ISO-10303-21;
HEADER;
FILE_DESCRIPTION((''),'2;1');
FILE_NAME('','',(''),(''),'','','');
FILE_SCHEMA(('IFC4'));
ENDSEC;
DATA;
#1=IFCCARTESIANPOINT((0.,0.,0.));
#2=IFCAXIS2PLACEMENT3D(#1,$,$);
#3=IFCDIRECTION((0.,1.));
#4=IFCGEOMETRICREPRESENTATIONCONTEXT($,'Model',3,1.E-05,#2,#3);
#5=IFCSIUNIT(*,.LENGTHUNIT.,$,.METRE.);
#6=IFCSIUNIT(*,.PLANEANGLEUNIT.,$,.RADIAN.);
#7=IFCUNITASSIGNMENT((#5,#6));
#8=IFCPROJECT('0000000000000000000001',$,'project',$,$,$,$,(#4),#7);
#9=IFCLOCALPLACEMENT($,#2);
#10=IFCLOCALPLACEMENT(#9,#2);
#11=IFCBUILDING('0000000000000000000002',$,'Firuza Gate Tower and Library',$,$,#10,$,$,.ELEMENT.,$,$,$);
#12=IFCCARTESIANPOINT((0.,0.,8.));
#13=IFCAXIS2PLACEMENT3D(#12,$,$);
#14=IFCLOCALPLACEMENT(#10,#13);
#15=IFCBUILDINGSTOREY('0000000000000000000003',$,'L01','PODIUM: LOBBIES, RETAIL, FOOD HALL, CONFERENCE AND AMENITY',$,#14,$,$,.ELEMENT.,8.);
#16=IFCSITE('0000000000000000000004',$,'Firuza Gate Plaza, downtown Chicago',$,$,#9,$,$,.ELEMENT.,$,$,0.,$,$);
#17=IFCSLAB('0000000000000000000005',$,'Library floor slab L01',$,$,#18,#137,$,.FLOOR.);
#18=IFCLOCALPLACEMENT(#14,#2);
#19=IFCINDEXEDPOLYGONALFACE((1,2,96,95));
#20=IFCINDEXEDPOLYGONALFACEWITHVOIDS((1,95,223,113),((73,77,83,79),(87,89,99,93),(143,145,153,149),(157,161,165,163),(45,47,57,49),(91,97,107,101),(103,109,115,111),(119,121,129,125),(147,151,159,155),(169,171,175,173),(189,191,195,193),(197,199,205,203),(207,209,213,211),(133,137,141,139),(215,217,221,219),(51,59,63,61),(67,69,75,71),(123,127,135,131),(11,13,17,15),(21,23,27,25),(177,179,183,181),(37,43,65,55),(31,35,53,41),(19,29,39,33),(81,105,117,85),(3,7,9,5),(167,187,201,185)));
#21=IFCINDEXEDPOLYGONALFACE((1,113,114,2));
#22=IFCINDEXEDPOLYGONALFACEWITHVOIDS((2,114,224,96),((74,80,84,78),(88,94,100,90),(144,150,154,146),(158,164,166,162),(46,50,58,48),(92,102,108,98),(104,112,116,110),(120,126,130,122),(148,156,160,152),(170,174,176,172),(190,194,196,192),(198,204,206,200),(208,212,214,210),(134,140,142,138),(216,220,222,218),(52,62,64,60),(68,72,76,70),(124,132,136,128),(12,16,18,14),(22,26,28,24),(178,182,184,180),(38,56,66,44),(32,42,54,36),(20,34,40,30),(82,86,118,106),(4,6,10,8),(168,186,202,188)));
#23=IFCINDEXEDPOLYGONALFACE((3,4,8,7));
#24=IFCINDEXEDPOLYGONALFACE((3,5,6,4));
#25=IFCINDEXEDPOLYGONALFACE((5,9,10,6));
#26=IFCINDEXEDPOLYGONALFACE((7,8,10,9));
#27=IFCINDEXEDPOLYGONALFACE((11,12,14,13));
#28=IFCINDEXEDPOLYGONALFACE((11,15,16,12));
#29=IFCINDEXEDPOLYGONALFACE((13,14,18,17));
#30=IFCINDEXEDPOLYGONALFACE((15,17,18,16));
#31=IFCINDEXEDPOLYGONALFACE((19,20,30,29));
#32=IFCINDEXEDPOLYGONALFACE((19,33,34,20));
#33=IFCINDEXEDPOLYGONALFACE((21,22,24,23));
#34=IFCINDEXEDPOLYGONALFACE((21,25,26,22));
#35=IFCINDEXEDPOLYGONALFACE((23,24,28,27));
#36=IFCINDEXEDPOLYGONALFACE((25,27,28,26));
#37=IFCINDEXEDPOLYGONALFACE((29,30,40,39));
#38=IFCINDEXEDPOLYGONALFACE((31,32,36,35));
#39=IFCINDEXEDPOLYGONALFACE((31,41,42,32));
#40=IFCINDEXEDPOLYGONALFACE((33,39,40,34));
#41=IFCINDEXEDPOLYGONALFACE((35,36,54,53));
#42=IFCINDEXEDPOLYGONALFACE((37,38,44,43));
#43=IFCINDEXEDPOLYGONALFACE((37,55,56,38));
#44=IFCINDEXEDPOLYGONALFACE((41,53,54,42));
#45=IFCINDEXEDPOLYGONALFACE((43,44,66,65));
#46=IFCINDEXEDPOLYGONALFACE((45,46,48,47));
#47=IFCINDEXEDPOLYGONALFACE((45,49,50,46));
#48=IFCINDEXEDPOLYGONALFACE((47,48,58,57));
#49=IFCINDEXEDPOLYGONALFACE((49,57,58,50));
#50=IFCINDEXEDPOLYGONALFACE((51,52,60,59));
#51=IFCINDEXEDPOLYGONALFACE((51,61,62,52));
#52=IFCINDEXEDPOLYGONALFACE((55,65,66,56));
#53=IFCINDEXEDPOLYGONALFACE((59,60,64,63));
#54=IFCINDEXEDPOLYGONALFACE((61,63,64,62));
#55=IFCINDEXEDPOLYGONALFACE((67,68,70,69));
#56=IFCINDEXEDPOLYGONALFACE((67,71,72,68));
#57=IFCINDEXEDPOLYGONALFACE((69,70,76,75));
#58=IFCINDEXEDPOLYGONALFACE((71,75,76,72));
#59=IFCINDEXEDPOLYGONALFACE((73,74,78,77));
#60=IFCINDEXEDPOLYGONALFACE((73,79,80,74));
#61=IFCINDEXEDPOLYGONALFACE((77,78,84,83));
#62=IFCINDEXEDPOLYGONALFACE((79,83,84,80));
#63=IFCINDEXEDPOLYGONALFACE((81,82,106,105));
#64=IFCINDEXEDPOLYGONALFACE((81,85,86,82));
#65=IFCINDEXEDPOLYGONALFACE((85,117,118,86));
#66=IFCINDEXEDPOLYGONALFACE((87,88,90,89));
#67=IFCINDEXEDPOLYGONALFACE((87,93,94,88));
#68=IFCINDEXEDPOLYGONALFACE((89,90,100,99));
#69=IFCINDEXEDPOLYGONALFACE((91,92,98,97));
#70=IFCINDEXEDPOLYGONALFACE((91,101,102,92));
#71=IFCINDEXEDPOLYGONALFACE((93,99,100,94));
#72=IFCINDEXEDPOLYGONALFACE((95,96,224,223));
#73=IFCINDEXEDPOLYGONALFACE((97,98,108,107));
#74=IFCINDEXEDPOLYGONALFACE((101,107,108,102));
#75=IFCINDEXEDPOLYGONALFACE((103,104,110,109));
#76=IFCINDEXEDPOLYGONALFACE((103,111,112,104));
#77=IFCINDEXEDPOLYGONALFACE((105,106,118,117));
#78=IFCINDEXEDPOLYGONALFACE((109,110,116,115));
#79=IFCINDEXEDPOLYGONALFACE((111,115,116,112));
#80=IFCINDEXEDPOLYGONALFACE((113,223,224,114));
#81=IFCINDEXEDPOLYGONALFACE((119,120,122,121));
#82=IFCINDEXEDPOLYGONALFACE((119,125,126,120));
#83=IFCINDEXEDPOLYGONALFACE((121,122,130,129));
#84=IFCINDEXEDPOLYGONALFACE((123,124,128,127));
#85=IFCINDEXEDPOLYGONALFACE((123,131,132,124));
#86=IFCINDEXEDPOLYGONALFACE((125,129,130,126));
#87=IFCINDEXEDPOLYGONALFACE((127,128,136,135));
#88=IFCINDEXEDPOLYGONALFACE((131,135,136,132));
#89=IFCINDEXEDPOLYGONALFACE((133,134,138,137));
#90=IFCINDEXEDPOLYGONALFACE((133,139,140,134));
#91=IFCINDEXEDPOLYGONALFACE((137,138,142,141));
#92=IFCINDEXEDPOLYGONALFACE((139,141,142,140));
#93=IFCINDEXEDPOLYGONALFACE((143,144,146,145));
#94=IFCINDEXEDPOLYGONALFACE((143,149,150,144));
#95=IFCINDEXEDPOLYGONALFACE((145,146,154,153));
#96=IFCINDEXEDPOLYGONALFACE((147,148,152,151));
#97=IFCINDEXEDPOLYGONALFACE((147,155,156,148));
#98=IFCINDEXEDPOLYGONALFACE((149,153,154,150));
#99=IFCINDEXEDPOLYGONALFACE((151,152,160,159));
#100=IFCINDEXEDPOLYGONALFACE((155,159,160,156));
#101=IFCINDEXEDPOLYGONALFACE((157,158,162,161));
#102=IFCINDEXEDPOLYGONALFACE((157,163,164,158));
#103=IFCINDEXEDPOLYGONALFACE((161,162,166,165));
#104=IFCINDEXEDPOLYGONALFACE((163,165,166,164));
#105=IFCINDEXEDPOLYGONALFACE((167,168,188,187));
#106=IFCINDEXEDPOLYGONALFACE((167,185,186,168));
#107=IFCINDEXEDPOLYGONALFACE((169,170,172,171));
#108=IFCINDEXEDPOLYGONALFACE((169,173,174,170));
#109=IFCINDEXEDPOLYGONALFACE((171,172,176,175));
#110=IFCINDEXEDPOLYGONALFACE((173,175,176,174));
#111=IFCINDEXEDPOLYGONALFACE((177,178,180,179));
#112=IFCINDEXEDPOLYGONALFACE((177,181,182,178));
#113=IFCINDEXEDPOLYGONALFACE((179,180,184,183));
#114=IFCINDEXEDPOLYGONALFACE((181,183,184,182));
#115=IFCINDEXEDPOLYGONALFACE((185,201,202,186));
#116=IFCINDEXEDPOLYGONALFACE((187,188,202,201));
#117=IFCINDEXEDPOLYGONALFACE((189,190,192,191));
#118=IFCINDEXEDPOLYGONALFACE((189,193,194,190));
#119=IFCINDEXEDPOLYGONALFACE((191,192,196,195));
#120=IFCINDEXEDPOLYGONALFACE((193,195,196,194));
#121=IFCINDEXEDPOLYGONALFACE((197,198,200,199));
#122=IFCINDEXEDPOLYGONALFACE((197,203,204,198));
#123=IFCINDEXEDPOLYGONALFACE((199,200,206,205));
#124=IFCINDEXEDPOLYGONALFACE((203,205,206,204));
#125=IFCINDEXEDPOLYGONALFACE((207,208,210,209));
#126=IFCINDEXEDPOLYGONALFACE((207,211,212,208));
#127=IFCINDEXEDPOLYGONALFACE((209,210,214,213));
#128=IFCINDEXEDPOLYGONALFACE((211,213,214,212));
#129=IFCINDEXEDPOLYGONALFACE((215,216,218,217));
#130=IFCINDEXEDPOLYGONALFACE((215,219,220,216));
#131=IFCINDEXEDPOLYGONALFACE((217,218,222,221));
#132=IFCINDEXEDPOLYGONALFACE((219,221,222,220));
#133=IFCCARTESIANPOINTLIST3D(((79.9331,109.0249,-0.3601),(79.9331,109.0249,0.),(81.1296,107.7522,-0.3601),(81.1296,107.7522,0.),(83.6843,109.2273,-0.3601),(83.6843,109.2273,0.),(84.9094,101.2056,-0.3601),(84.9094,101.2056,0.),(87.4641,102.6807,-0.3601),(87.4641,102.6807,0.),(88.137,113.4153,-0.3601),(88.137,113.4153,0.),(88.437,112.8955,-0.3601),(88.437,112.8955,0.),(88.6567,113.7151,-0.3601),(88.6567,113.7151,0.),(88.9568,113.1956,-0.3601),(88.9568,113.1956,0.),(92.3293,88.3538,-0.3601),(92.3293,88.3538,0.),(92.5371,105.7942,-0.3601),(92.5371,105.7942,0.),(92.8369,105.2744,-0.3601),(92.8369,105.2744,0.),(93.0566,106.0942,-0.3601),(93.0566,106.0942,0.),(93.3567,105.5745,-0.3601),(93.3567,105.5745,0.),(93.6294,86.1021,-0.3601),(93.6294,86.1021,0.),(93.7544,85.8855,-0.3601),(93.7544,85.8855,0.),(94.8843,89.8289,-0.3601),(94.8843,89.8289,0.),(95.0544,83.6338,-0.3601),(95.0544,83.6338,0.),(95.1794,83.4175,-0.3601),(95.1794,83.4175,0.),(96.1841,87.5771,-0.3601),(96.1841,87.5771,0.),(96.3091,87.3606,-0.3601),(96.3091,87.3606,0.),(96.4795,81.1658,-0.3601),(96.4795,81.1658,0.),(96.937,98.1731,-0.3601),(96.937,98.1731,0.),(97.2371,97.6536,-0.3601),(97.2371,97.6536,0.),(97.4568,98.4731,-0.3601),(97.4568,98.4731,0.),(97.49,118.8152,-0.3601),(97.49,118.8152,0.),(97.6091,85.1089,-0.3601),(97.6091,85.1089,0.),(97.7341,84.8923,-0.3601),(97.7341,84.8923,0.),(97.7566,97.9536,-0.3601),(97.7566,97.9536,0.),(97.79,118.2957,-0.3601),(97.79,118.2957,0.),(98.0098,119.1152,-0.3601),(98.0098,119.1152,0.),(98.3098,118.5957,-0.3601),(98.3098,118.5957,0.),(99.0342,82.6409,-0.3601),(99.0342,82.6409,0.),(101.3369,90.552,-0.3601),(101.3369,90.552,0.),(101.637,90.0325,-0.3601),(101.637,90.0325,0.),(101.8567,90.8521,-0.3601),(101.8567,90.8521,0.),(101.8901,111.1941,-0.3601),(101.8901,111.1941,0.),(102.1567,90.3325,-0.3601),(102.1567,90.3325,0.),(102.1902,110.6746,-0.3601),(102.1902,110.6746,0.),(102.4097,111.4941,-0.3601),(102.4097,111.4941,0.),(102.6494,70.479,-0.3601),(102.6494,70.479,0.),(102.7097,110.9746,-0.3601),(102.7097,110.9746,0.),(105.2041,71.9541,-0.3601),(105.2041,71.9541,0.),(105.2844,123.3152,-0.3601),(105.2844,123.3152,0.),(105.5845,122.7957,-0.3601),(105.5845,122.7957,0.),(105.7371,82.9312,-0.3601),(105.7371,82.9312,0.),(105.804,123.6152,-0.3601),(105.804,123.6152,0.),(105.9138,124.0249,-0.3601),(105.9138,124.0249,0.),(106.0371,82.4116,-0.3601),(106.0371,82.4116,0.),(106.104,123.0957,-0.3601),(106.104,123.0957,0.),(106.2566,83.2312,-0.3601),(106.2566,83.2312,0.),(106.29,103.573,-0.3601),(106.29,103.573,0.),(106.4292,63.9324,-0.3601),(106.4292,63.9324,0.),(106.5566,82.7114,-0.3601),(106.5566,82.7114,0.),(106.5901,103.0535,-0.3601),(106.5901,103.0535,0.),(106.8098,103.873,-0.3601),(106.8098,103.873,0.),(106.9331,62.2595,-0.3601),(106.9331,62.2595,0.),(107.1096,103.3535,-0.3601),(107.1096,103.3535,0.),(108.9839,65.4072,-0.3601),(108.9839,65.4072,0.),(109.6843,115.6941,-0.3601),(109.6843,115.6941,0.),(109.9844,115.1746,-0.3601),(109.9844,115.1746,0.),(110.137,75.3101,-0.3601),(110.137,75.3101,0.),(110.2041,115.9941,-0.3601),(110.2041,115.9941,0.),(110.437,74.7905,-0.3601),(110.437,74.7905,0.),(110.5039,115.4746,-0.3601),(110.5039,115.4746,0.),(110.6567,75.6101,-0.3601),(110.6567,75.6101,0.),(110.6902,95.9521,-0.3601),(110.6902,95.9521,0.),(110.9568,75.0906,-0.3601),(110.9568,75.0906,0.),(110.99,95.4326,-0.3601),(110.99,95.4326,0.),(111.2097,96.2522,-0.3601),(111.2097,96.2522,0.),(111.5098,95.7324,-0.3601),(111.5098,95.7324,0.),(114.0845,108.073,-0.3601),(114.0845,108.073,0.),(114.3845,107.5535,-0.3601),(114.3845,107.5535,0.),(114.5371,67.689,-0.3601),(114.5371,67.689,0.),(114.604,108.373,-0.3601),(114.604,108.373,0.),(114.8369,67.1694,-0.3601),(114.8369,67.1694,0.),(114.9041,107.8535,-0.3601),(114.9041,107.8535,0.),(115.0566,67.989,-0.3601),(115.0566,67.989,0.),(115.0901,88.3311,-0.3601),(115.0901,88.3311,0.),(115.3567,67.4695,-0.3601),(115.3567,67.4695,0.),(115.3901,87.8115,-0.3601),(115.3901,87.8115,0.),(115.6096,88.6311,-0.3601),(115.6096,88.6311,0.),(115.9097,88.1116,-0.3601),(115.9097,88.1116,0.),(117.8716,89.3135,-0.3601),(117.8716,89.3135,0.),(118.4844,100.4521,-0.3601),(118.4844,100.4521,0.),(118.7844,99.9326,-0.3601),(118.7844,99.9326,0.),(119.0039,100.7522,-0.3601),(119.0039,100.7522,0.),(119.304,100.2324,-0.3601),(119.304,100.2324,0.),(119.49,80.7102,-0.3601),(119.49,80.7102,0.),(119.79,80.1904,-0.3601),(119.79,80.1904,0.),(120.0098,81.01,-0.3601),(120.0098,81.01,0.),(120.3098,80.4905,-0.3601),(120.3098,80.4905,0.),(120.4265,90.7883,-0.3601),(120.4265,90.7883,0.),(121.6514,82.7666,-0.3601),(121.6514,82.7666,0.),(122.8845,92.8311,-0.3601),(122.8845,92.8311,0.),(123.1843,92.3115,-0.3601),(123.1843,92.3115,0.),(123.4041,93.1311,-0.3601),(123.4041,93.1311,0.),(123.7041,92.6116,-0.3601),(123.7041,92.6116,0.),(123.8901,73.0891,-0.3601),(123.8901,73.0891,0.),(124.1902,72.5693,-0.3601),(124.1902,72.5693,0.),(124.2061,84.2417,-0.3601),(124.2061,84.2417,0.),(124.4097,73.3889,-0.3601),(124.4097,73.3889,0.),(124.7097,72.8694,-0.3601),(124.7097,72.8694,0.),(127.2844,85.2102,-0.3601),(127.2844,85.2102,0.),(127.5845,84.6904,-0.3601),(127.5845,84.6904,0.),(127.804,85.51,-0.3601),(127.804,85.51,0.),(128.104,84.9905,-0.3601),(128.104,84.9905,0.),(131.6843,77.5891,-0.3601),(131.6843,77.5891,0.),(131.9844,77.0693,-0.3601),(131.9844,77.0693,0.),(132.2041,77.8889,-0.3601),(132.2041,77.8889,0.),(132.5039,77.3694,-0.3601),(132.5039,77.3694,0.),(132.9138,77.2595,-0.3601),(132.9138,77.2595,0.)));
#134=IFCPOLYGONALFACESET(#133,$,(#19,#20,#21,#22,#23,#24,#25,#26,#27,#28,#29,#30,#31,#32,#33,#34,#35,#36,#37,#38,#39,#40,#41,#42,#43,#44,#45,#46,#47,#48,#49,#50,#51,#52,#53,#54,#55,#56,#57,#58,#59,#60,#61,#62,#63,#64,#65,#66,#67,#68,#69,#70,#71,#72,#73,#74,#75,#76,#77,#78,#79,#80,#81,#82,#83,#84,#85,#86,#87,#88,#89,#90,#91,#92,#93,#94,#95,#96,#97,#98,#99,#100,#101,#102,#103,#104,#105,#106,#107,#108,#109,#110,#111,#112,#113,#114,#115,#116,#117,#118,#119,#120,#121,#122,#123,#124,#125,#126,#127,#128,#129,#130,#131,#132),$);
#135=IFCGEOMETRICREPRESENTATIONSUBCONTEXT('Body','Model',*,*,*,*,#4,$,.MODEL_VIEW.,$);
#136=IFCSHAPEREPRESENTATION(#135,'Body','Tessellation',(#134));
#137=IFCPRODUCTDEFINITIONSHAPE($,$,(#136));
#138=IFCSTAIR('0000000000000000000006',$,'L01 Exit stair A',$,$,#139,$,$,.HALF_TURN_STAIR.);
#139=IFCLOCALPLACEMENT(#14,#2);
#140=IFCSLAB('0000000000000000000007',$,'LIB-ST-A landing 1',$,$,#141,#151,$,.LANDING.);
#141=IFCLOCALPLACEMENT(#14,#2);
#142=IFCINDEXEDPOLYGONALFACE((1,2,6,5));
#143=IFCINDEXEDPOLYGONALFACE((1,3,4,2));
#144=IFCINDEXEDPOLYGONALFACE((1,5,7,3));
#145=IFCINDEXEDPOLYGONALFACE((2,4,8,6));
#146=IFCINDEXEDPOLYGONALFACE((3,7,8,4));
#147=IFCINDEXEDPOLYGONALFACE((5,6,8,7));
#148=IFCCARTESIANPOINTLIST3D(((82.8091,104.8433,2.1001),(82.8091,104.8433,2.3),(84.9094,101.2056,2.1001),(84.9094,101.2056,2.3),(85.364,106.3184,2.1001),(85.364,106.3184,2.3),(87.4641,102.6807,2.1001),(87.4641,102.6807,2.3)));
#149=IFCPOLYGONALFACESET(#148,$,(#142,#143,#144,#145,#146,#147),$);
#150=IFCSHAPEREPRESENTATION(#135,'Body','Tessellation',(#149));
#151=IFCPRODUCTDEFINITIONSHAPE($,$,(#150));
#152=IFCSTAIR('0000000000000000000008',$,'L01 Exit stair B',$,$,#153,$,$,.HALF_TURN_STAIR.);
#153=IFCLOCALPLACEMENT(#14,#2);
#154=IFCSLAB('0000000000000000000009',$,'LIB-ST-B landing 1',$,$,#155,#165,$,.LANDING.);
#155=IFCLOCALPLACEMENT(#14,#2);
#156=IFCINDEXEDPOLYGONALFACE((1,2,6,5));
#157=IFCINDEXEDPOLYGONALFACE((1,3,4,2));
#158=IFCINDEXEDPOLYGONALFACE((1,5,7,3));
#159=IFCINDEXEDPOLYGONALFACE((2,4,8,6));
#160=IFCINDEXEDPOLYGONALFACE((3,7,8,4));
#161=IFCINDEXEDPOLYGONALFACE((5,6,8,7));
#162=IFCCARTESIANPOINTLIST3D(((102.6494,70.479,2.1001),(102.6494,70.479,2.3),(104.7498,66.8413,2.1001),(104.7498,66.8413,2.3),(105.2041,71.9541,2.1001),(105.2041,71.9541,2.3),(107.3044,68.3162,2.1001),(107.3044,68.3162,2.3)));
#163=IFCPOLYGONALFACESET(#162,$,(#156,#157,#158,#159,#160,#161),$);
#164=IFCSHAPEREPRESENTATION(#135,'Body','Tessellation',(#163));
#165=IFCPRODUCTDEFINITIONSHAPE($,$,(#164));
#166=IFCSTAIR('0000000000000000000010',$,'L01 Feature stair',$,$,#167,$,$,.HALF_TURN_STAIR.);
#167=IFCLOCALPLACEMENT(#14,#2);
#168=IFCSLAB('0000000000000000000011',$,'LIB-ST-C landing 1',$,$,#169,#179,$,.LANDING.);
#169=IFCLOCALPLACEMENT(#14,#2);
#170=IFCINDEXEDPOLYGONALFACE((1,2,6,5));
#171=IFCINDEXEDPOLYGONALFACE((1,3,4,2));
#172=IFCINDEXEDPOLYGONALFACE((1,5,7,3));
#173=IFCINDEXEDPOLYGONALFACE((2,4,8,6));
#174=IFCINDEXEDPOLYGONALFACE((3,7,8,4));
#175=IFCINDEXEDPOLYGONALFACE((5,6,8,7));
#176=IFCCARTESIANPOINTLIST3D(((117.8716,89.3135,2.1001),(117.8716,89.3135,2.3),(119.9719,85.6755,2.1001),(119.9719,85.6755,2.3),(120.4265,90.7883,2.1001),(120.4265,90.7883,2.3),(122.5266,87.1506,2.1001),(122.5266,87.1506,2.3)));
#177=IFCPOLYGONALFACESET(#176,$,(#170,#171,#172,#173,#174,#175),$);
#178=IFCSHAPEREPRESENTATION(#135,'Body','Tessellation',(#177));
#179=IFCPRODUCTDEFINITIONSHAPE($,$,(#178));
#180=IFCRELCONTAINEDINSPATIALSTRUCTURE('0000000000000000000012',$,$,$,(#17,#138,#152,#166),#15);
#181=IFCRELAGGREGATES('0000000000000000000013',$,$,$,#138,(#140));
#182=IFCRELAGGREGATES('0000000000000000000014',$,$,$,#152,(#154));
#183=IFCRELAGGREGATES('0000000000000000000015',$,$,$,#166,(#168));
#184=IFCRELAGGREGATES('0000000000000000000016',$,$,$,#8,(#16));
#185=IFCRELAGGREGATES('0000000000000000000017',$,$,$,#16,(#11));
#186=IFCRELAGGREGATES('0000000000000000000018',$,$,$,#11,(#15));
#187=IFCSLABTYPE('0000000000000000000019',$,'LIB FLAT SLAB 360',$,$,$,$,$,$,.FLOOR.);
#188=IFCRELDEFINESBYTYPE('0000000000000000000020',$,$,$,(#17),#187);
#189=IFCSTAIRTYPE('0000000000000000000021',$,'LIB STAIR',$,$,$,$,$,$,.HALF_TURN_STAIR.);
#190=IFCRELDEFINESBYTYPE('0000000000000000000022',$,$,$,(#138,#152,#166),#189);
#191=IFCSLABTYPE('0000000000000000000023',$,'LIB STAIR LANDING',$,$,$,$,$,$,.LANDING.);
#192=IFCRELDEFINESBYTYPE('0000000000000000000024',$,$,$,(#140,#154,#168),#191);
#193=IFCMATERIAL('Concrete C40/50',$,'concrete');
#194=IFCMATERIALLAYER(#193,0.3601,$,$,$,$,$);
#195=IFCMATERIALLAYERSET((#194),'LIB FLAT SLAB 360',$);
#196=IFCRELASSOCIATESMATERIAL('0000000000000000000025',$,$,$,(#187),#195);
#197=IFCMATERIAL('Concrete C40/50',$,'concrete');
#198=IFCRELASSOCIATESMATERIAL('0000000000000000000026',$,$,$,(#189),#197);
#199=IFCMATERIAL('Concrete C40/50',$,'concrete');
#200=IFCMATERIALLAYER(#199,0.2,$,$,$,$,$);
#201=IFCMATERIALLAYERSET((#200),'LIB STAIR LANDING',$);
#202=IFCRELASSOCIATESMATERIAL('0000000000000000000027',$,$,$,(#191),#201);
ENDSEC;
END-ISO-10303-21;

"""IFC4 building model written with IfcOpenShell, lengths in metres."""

from ifc_helpers import new_model, si_unit, direction, frame, origin, place, context, subcontext, project, spatial, polyline, outline, extrude, material, layer, layer_set, type_object, element, aggregate, save


model = new_model("IFC4")

# Units and contexts
model_context = context("Model", 3, precision=1e-05, world=origin(), true_north=direction((0.0, 1.0)))
body_context = subcontext(model_context, "Body", "Model", "MODEL_VIEW")
ifc_project = project(units=[si_unit("LENGTHUNIT", "METRE"), si_unit("PLANEANGLEUNIT", "RADIAN")], contexts=[model_context])

# Site, building, storey
site_placement = place(None, origin())
site = spatial("IfcSite", under=ifc_project, at=site_placement, Name="Firuza Gate Plaza, downtown Chicago", CompositionType="ELEMENT", RefElevation=0.0)
building_placement = place(site_placement, origin())
building = spatial("IfcBuilding", under=site, at=building_placement, Name="Firuza Gate Tower and Library", CompositionType="ELEMENT")
storey_placement = place(building_placement, frame((0.0, 0.0, 8.0)))
storey = spatial("IfcBuildingStorey", under=building, at=storey_placement, Name="L01", Description="PODIUM: LOBBIES, RETAIL, FOOD HALL, CONFERENCE AND AMENITY", CompositionType="ELEMENT", Elevation=8.0)

# Shared definitions
placement_1 = place(storey_placement, origin())

# Slab
ifc_material_1 = material(Name="Concrete C40/50", Category="concrete")
ifc_layer_1 = layer(ifc_material_1, 0.3601)
ifc_layer_set_1 = layer_set([ifc_layer_1], Name="LIB FLAT SLAB 360")
slab_type_1 = type_object("IfcSlabType", Name="LIB FLAT SLAB 360", PredefinedType="FLOOR", material=ifc_layer_set_1)
slab_1_placement = place(storey_placement, frame((0.0, 0.0, -0.3601)))
element("IfcSlab", 1, at=slab_1_placement, inside=storey, type_object=slab_type_1, Name="Library floor slab L01", PredefinedType="FLOOR", context=body_context, shape_type="SweptSolid", body=[
    extrude(outline(polyline([(106.9331, 62.2595), (132.9138, 77.2595), (105.9138, 124.0249), (79.9331, 109.0249), (106.9331, 62.2595)]), holes=[polyline([(108.9839, 65.4072), (105.2041, 71.9541), (102.6494, 70.479), (106.4292, 63.9324), (108.9839, 65.4072)]), polyline([(96.4795, 81.1658), (99.0342, 82.6409), (97.7341, 84.8923), (95.1794, 83.4175), (96.4795, 81.1658)]), polyline([(95.0544, 83.6338), (97.6091, 85.1089), (96.3091, 87.3606), (93.7544, 85.8855), (95.0544, 83.6338)]), polyline([(114.5371, 67.689), (114.8369, 67.1694), (115.3567, 67.4695), (115.0566, 67.989), (114.5371, 67.689)]), polyline([(110.437, 74.7905), (110.9568, 75.0906), (110.6567, 75.6101), (110.137, 75.3101), (110.437, 74.7905)]), polyline([(106.0371, 82.4116), (106.5566, 82.7114), (106.2566, 83.2312), (105.7371, 82.9312), (106.0371, 82.4116)]), polyline([(101.3369, 90.552), (101.637, 90.0325), (102.1567, 90.3325), (101.8567, 90.8521), (101.3369, 90.552)]), polyline([(124.1902, 72.5693), (124.7097, 72.8694), (124.4097, 73.3889), (123.8901, 73.0891), (124.1902, 72.5693)]), polyline([(119.79, 80.1904), (120.3098, 80.4905), (120.0098, 81.01), (119.49, 80.7102), (119.79, 80.1904)]), polyline([(115.3901, 87.8115), (115.9097, 88.1116), (115.6096, 88.6311), (115.0901, 88.3311), (115.3901, 87.8115)]), polyline([(120.4265, 90.7883), (117.8716, 89.3135), (121.6514, 82.7666), (124.2061, 84.2417), (120.4265, 90.7883)]), polyline([(131.9844, 77.0693), (132.5039, 77.3694), (132.2041, 77.8889), (131.6843, 77.5891), (131.9844, 77.0693)]), polyline([(127.5845, 84.6904), (128.104, 84.9905), (127.804, 85.51), (127.2844, 85.2102), (127.5845, 84.6904)]), polyline([(122.8845, 92.8311), (123.1843, 92.3115), (123.7041, 92.6116), (123.4041, 93.1311), (122.8845, 92.8311)]), polyline([(84.9094, 101.2056), (87.4641, 102.6807), (83.6843, 109.2273), (81.1296, 107.7522), (84.9094, 101.2056)]), polyline([(93.6294, 86.1021), (96.1841, 87.5771), (94.8843, 89.8289), (92.3293, 88.3538), (93.6294, 86.1021)]), polyline([(97.2371, 97.6536), (97.7566, 97.9536), (97.4568, 98.4731), (96.937, 98.1731), (97.2371, 97.6536)]), polyline([(92.8369, 105.2744), (93.3567, 105.5745), (93.0566, 106.0942), (92.5371, 105.7942), (92.8369, 105.2744)]), polyline([(88.437, 112.8955), (88.9568, 113.1956), (88.6567, 113.7151), (88.137, 113.4153), (88.437, 112.8955)]), polyline([(110.99, 95.4326), (111.5098, 95.7324), (111.2097, 96.2522), (110.6902, 95.9521), (110.99, 95.4326)]), polyline([(106.29, 103.573), (106.5901, 103.0535), (107.1096, 103.3535), (106.8098, 103.873), (106.29, 103.573)]), polyline([(102.1902, 110.6746), (102.7097, 110.9746), (102.4097, 111.4941), (101.8901, 111.1941), (102.1902, 110.6746)]), polyline([(97.79, 118.2957), (98.3098, 118.5957), (98.0098, 119.1152), (97.49, 118.8152), (97.79, 118.2957)]), polyline([(118.7844, 99.9326), (119.304, 100.2324), (119.0039, 100.7522), (118.4844, 100.4521), (118.7844, 99.9326)]), polyline([(114.3845, 107.5535), (114.9041, 107.8535), (114.604, 108.373), (114.0845, 108.073), (114.3845, 107.5535)]), polyline([(109.9844, 115.1746), (110.5039, 115.4746), (110.2041, 115.9941), (109.6843, 115.6941), (109.9844, 115.1746)]), polyline([(105.5845, 122.7957), (106.104, 123.0957), (105.804, 123.6152), (105.2844, 123.3152), (105.5845, 122.7957)])]), origin(), (0.0, 0.0, 1.0), 0.3601),
])

# Stairs, slabs
ifc_material_2 = material(Name="Concrete C40/50", Category="concrete")
stair_type_1 = type_object("IfcStairType", Name="LIB STAIR", PredefinedType="HALF_TURN_STAIR", material=ifc_material_2)
stair_1 = element("IfcStair", 2, at=placement_1, inside=storey, type_object=stair_type_1, Name="L01 Exit stair A", PredefinedType="HALF_TURN_STAIR")
ifc_material_3 = material(Name="Concrete C40/50", Category="concrete")
ifc_layer_2 = layer(ifc_material_3, 0.2)
ifc_layer_set_2 = layer_set([ifc_layer_2], Name="LIB STAIR LANDING")
slab_type_2 = type_object("IfcSlabType", Name="LIB STAIR LANDING", PredefinedType="LANDING", material=ifc_layer_set_2)
placement_2 = place(storey_placement, frame((0.0, 0.0, 2.1001)))
slab_2 = element("IfcSlab", 3, at=placement_2, type_object=slab_type_2, Name="LIB-ST-A landing 1", PredefinedType="LANDING", context=body_context, shape_type="SweptSolid", body=[
    extrude(outline(polyline([(82.8091, 104.8433), (84.9094, 101.2056), (87.4641, 102.6807), (85.364, 106.3184), (82.8091, 104.8433)])), origin(), (0.0, 0.0, 1.0), 0.2),
])
aggregate(stair_1, [slab_2])
stair_2 = element("IfcStair", 4, at=placement_1, inside=storey, type_object=stair_type_1, Name="L01 Exit stair B", PredefinedType="HALF_TURN_STAIR")
slab_3 = element("IfcSlab", 5, at=placement_2, type_object=slab_type_2, Name="LIB-ST-B landing 1", PredefinedType="LANDING", context=body_context, shape_type="SweptSolid", body=[
    extrude(outline(polyline([(107.3044, 68.3162), (105.2041, 71.9541), (102.6494, 70.479), (104.7498, 66.8413), (107.3044, 68.3162)])), origin(), (0.0, 0.0, 1.0), 0.2),
])
aggregate(stair_2, [slab_3])
stair_3 = element("IfcStair", 6, at=placement_1, inside=storey, type_object=stair_type_1, Name="L01 Feature stair", PredefinedType="HALF_TURN_STAIR")
slab_4 = element("IfcSlab", 7, at=placement_2, type_object=slab_type_2, Name="LIB-ST-C landing 1", PredefinedType="LANDING", context=body_context, shape_type="SweptSolid", body=[
    extrude(outline(polyline([(122.5266, 87.1506), (120.4265, 90.7883), (117.8716, 89.3135), (119.9719, 85.6755), (122.5266, 87.1506)])), origin(), (0.0, 0.0, 1.0), 0.2),
])
aggregate(stair_3, [slab_4])

save(model, "model.ifc")
